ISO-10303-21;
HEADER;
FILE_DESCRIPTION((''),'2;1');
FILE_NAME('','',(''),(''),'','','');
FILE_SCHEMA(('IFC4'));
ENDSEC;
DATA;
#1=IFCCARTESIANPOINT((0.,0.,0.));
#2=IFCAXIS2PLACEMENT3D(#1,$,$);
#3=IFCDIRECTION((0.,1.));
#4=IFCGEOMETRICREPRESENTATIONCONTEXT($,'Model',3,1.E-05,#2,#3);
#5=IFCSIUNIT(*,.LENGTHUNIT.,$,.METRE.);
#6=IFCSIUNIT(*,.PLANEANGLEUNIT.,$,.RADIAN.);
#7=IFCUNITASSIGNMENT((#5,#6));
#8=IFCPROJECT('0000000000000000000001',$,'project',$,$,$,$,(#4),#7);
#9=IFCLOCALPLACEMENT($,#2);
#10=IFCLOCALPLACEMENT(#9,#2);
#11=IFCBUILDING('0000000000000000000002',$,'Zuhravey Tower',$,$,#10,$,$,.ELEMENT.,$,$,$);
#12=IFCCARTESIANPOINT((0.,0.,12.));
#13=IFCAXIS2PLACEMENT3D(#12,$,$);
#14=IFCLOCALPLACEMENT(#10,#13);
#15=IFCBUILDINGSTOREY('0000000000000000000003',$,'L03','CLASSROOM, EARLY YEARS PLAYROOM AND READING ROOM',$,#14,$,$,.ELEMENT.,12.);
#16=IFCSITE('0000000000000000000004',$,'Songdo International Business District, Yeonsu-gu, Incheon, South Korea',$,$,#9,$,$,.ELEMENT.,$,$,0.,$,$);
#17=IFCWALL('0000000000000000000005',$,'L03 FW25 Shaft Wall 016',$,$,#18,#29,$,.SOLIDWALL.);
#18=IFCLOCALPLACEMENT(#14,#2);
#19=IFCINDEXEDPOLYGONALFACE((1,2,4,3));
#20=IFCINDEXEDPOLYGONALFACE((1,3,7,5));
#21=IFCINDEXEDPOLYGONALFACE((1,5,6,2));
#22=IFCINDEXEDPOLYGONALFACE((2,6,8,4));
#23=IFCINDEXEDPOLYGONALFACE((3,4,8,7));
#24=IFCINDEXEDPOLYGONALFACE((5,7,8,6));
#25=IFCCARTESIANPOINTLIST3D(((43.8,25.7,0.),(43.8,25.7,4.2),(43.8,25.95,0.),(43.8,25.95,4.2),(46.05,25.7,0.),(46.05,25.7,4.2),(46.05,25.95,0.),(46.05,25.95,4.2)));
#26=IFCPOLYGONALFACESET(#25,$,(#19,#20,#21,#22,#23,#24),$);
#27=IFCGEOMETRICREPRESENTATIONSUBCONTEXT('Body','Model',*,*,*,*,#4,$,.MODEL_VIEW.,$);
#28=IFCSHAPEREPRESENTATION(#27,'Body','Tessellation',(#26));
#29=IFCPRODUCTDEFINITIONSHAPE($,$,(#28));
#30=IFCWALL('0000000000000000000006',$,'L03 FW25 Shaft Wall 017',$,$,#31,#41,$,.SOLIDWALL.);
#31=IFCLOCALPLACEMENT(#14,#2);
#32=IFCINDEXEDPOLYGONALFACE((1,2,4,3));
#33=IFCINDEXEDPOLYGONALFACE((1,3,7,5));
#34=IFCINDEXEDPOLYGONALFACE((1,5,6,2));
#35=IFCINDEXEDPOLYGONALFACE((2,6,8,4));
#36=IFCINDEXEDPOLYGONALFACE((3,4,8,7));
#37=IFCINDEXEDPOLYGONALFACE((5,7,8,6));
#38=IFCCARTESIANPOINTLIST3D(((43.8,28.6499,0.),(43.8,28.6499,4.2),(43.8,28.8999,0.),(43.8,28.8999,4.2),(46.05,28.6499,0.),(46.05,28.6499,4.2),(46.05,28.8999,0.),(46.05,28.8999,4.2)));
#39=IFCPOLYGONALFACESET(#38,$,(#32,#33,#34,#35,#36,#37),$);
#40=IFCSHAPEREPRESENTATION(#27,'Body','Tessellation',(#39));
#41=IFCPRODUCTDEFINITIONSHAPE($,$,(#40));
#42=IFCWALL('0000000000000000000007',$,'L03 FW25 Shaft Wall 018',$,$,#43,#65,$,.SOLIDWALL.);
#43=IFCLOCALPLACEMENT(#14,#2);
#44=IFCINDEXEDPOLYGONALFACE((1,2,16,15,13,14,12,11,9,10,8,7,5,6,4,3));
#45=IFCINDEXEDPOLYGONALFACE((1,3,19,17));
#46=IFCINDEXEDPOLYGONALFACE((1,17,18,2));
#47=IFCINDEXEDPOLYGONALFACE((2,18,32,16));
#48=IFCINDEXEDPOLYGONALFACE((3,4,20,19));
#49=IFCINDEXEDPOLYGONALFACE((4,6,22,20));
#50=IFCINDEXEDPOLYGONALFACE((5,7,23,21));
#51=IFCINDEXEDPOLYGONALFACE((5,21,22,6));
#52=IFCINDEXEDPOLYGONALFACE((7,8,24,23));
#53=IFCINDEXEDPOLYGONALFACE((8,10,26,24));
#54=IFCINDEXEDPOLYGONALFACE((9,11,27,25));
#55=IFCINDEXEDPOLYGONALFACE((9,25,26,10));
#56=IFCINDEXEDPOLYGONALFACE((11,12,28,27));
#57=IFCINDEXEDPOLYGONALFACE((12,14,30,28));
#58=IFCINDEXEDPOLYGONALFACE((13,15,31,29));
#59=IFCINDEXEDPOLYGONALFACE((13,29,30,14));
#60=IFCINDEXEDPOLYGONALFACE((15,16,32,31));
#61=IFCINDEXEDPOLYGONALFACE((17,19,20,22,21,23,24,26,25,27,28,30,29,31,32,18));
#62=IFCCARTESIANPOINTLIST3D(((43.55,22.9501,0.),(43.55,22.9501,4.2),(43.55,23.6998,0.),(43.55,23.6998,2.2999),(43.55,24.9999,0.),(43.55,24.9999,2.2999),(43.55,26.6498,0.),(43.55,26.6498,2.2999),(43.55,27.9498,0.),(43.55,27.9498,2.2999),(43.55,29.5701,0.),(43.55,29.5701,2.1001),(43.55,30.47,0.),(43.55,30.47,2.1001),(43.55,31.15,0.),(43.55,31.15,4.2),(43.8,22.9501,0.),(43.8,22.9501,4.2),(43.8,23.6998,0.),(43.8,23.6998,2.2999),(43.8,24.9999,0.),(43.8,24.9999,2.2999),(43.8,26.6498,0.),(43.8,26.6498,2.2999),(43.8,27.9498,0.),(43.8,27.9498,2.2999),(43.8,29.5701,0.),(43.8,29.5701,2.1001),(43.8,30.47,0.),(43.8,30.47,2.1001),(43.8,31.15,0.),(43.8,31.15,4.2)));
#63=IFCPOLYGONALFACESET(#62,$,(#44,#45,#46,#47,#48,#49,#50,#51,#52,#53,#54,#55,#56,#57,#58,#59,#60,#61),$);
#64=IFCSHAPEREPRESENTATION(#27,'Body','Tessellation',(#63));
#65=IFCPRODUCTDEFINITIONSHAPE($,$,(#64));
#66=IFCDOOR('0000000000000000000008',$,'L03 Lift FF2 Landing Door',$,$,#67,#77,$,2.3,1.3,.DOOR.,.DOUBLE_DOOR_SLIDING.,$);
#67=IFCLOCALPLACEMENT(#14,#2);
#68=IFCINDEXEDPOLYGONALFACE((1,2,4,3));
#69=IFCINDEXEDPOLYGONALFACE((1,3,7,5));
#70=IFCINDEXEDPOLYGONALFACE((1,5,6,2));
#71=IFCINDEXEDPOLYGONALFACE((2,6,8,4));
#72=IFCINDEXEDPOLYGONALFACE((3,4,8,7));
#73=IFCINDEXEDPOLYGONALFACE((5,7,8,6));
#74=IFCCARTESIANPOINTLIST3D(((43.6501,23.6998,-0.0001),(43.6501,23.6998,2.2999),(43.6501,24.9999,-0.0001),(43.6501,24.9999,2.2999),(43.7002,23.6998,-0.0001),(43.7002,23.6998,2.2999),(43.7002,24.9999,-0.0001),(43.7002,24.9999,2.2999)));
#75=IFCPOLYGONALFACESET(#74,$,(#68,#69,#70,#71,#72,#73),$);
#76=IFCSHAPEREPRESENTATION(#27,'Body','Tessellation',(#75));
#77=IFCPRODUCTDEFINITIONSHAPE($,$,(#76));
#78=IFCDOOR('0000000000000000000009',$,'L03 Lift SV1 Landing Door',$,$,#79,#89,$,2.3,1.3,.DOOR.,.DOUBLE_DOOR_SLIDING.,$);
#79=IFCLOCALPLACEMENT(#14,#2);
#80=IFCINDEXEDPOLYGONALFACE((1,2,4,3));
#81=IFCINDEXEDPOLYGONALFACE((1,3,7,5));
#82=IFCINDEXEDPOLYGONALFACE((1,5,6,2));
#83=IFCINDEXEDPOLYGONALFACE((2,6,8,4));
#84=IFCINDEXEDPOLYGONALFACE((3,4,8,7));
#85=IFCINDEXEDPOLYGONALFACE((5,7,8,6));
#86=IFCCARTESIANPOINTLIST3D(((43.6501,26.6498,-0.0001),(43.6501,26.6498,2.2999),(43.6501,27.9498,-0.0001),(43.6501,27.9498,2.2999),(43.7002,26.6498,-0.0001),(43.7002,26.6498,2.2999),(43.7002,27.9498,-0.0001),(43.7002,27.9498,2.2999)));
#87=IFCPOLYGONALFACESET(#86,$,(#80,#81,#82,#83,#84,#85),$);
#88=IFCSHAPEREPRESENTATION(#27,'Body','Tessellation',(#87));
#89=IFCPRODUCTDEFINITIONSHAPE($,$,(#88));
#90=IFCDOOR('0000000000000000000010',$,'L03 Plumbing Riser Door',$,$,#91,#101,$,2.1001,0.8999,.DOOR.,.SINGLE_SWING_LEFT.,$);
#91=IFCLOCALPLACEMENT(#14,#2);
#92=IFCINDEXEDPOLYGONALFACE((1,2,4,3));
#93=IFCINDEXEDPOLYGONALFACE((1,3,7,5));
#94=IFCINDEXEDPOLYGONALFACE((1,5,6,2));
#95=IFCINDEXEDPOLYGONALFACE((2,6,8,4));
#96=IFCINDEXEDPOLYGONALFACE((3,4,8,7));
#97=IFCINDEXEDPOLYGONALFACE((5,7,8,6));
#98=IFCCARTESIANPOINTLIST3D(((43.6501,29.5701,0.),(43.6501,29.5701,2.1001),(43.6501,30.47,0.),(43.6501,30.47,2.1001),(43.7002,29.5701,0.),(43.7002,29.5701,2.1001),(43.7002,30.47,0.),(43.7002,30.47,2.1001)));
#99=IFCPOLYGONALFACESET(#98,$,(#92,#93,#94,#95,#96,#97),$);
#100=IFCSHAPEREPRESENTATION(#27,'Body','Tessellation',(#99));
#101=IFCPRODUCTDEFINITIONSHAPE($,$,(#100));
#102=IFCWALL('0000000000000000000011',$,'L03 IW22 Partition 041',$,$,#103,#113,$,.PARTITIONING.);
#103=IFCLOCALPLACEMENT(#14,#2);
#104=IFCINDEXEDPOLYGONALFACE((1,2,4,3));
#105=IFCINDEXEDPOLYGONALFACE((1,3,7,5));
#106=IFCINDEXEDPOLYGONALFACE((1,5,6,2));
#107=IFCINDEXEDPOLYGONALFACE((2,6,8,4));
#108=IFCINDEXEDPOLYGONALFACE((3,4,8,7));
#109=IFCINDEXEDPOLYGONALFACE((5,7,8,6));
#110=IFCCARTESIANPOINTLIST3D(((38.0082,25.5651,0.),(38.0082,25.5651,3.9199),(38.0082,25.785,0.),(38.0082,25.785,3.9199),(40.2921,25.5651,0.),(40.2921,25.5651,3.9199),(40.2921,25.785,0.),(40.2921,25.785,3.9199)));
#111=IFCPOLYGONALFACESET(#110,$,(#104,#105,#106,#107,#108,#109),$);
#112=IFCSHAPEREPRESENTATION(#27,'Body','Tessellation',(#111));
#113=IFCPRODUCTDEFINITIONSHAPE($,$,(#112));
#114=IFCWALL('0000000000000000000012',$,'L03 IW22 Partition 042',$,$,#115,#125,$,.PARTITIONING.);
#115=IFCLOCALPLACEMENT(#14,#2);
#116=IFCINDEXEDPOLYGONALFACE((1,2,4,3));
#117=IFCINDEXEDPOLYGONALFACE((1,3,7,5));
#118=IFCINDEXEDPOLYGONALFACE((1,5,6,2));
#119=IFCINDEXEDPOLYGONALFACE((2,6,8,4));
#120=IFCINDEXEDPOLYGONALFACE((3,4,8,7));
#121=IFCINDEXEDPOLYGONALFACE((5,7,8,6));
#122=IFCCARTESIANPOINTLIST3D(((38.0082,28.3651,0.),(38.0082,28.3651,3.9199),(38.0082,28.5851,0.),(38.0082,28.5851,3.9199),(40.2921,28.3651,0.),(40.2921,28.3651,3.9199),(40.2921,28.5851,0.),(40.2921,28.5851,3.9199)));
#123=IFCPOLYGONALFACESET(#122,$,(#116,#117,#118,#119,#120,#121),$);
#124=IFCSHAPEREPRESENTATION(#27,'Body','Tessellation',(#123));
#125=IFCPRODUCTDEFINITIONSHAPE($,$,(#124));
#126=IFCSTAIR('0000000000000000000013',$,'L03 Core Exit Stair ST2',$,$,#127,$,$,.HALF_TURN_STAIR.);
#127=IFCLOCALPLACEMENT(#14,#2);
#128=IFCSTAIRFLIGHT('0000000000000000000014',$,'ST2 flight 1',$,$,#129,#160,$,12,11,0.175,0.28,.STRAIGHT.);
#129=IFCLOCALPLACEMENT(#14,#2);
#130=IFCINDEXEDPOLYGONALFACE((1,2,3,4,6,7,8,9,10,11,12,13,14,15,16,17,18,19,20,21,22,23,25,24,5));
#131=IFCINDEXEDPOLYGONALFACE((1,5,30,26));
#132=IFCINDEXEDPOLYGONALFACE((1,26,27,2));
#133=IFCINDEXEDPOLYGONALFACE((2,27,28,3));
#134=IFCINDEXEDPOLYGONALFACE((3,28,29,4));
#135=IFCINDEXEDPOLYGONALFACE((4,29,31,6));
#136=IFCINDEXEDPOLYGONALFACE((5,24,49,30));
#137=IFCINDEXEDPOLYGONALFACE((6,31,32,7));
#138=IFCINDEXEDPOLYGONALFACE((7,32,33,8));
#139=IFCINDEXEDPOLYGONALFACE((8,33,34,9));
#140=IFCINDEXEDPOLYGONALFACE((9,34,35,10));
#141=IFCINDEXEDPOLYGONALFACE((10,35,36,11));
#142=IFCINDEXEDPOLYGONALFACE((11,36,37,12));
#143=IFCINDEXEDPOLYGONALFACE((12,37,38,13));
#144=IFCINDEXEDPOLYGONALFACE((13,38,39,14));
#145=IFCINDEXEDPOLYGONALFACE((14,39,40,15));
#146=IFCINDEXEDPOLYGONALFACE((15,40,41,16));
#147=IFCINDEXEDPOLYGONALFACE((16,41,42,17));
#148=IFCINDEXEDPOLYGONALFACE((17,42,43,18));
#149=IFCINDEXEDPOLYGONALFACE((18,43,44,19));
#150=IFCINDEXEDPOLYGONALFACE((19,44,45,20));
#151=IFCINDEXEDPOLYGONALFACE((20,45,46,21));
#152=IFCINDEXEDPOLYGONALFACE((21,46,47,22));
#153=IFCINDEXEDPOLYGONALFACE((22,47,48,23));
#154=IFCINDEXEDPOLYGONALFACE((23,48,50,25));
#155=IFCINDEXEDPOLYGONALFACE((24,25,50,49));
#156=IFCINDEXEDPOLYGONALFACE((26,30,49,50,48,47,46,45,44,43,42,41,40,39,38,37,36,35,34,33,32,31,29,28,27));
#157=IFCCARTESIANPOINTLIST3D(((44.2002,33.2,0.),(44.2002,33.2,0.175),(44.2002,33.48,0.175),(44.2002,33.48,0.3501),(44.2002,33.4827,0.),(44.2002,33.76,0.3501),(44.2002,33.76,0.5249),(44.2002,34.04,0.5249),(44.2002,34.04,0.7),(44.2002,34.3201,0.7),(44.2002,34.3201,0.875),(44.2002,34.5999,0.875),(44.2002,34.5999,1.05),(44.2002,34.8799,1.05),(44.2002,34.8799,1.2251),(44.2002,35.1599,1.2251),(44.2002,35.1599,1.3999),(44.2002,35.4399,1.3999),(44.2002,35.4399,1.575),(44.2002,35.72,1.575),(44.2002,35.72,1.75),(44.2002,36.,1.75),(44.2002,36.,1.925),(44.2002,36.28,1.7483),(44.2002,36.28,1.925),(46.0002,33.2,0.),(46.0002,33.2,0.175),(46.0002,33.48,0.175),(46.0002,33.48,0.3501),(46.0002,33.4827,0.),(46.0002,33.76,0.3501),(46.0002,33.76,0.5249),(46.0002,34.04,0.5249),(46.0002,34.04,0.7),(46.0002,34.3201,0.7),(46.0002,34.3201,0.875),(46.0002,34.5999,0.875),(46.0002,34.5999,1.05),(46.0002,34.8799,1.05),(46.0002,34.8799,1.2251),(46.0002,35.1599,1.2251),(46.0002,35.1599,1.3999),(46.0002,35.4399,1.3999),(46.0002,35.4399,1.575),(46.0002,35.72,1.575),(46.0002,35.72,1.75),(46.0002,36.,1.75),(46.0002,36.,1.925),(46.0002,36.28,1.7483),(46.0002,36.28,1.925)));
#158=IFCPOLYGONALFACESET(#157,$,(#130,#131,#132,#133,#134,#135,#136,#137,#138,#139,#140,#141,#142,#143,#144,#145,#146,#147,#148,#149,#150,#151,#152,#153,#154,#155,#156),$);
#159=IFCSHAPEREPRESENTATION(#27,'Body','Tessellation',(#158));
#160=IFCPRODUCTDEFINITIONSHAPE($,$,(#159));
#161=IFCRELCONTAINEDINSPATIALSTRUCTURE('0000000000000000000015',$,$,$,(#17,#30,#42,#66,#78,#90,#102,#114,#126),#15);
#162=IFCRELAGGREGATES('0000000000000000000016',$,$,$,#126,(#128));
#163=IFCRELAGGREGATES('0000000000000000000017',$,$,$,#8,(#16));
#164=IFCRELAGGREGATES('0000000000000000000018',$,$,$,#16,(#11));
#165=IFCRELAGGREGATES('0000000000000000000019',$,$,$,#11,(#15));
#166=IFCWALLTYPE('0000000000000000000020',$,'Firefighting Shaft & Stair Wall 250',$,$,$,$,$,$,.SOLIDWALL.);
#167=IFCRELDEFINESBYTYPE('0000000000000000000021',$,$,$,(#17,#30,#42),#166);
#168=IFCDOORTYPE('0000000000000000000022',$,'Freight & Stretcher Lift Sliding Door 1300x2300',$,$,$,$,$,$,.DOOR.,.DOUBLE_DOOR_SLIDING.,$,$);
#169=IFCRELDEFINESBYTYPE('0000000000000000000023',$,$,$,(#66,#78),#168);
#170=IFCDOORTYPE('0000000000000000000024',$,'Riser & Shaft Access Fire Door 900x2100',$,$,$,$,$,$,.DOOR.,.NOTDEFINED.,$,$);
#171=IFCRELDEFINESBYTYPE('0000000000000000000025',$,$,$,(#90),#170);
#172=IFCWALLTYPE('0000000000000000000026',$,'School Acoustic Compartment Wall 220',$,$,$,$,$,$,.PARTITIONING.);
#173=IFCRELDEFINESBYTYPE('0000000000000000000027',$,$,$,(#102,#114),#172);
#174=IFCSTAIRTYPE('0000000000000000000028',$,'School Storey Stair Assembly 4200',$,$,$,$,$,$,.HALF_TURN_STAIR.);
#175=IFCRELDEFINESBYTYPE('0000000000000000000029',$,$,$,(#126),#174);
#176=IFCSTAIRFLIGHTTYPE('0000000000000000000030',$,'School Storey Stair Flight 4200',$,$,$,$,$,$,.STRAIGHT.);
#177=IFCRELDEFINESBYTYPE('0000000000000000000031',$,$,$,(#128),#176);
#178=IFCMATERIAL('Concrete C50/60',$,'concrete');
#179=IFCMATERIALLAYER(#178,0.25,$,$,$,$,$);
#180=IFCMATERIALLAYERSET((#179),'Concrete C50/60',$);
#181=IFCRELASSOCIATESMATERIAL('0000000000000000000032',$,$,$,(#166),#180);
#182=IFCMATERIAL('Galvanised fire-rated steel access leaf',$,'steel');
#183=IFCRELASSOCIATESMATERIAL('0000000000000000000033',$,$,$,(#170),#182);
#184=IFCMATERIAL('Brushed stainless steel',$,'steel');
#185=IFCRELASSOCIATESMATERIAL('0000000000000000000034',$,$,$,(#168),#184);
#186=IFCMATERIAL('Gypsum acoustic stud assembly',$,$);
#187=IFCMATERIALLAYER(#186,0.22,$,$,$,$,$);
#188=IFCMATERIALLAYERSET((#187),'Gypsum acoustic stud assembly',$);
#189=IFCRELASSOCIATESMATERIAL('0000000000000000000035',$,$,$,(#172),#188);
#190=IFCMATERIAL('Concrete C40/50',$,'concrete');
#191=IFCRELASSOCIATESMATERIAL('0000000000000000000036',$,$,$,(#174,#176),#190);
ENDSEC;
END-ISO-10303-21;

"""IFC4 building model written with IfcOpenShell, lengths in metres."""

from ifc_helpers import new_model, si_unit, direction, frame, frame_2d, origin, place, context, subcontext, project, spatial, polyline, rectangle, outline, extrude, material, layer, layer_set, type_object, element, fill, aggregate, save


model = new_model("IFC4")

# Units and contexts
model_context = context("Model", 3, precision=1e-05, world=origin(), true_north=direction((0.0, 1.0)))
body_context = subcontext(model_context, "Body", "Model", "MODEL_VIEW")
ifc_project = project(units=[si_unit("LENGTHUNIT", "METRE"), si_unit("PLANEANGLEUNIT", "RADIAN")], contexts=[model_context])

# Site, building, storey
site_placement = place(None, origin())
site = spatial("IfcSite", under=ifc_project, at=site_placement, Name="Songdo International Business District, Yeonsu-gu, Incheon, South Korea", CompositionType="ELEMENT", RefElevation=0.0)
building_placement = place(site_placement, origin())
building = spatial("IfcBuilding", under=site, at=building_placement, Name="Zuhravey Tower", CompositionType="ELEMENT")
storey_placement = place(building_placement, frame((0.0, 0.0, 12.0)))
storey = spatial("IfcBuildingStorey", under=building, at=storey_placement, Name="L03", Description="CLASSROOM, EARLY YEARS PLAYROOM AND READING ROOM", CompositionType="ELEMENT", Elevation=12.0)

# Shared definitions
ifc_material_1 = material(Name="Concrete C50/60", Category="concrete")
ifc_layer_1 = layer(ifc_material_1, 0.25)
ifc_layer_set_1 = layer_set([ifc_layer_1], Name="Concrete C50/60")
wall_type_1 = type_object("IfcWallType", Name="Firefighting Shaft & Stair Wall 250", PredefinedType="SOLIDWALL", material=ifc_layer_set_1)

# Shared definitions
ifc_material_2 = material(Name="Galvanised fire-rated steel access leaf", Category="steel")
door_type_1 = type_object("IfcDoorType", Name="Riser & Shaft Access Fire Door 900x2100", OperationType="NOTDEFINED", PredefinedType="DOOR", material=ifc_material_2)

# Walls
for number, where, z_axis, x_axis, name in (
    (1, (43.8, 25.825, 0.0), (0.0, 0.0, 1.0), (1.0, 0.0, 0.0), "L03 FW25 Shaft Wall 016"),
    (2, (43.8, 28.7749, 0.0), (0.0, 0.0, 1.0), (1.0, 0.0, 0.0), "L03 FW25 Shaft Wall 017"),
):
    element("IfcWall", number, at=place(storey_placement, frame(where, z_axis=z_axis, x_axis=x_axis)), inside=storey, type_object=wall_type_1, Name=name, PredefinedType="SOLIDWALL", context=body_context, shape_type="SweptSolid", body=[
        extrude(rectangle(XDim=2.25, YDim=0.25, at=frame_2d((1.125, 0.0))), origin(), (0.0, 0.0, 1.0), 4.2),
    ])

# Wall, openings, doors
wall_1_placement = place(storey_placement, frame((43.675, 22.95, 0.0), z_axis=(0.0, 0.0, 1.0), x_axis=(0.0, 1.0, 0.0)))
wall_1 = element("IfcWall", 3, at=wall_1_placement, inside=storey, type_object=wall_type_1, Name="L03 FW25 Shaft Wall 018", PredefinedType="SOLIDWALL", context=body_context, shape_type="SweptSolid", body=[
    extrude(rectangle(XDim=8.2, YDim=0.25, at=frame_2d((4.1001, 0.0))), origin(), (0.0, 0.0, 1.0), 4.2),
])
opening_1_placement = place(wall_1_placement, frame((0.75, 0.0, 0.0)))
opening_1 = element("IfcOpeningElement", 4, at=opening_1_placement, cuts=wall_1, PredefinedType="OPENING", context=body_context, shape_type="SweptSolid", body=[
    extrude(rectangle(XDim=1.3, YDim=2.3, at=frame_2d((0.6499, 1.1499))), frame((0.0, 0.137, 0.0), z_axis=(0.0, -1.0, 0.0), x_axis=(1.0, 0.0, 0.0)), (0.0, 0.0, 1.0), 0.2739),
])
opening_2_placement = place(wall_1_placement, frame((3.7, 0.0, 0.0)))
opening_2 = element("IfcOpeningElement", 5, at=opening_2_placement, cuts=wall_1, PredefinedType="OPENING", context=body_context, shape_type="SweptSolid", body=[
    extrude(rectangle(XDim=1.3, YDim=2.3, at=frame_2d((0.6499, 1.1499))), frame((0.0, 0.137, 0.0), z_axis=(0.0, -1.0, 0.0), x_axis=(1.0, 0.0, 0.0)), (0.0, 0.0, 1.0), 0.2739),
])
opening_3_placement = place(wall_1_placement, frame((6.6201, 0.0, 0.0)))
opening_3 = element("IfcOpeningElement", 6, at=opening_3_placement, cuts=wall_1, PredefinedType="OPENING", context=body_context, shape_type="SweptSolid", body=[
    extrude(rectangle(XDim=0.8999, YDim=2.1001, at=frame_2d((0.45, 1.05))), frame((0.0, 0.137, 0.0), z_axis=(0.0, -1.0, 0.0), x_axis=(1.0, 0.0, 0.0)), (0.0, 0.0, 1.0), 0.2739),
])
ifc_material_3 = material(Name="Brushed stainless steel", Category="steel")
door_type_2 = type_object("IfcDoorType", Name="Freight & Stretcher Lift Sliding Door 1300x2300", OperationType="DOUBLE_DOOR_SLIDING", PredefinedType="DOOR", material=ifc_material_3)
door_1_placement = place(opening_1_placement, origin())
door_1 = element("IfcDoor", 7, at=door_1_placement, inside=storey, type_object=door_type_2, Name="L03 Lift FF2 Landing Door", OperationType="DOUBLE_DOOR_SLIDING", OverallHeight=2.3, OverallWidth=1.3, PredefinedType="DOOR", context=body_context, shape_type="SweptSolid", body=[
    extrude(rectangle(XDim=1.3, YDim=2.3, at=frame_2d((0.6499, 1.1499))), frame((0.0, 0.0249, 0.0), z_axis=(0.0, -1.0, 0.0), x_axis=(1.0, 0.0, 0.0)), (0.0, 0.0, 1.0), 0.05),
])
fill(opening_1, door_1)
door_2_placement = place(opening_2_placement, origin())
door_2 = element("IfcDoor", 8, at=door_2_placement, inside=storey, type_object=door_type_2, Name="L03 Lift SV1 Landing Door", OperationType="DOUBLE_DOOR_SLIDING", OverallHeight=2.3, OverallWidth=1.3, PredefinedType="DOOR", context=body_context, shape_type="SweptSolid", body=[
    extrude(rectangle(XDim=1.3, YDim=2.3, at=frame_2d((0.6499, 1.1499))), frame((0.0, 0.0249, 0.0), z_axis=(0.0, -1.0, 0.0), x_axis=(1.0, 0.0, 0.0)), (0.0, 0.0, 1.0), 0.05),
])
fill(opening_2, door_2)
door_3_placement = place(opening_3_placement, origin())
door_3 = element("IfcDoor", 9, at=door_3_placement, inside=storey, type_object=door_type_1, Name="L03 Plumbing Riser Door", OperationType="SINGLE_SWING_LEFT", OverallHeight=2.1001, OverallWidth=0.8999, PredefinedType="DOOR", context=body_context, shape_type="SweptSolid", body=[
    extrude(rectangle(XDim=0.8999, YDim=2.1001, at=frame_2d((0.45, 1.05))), frame((0.0, 0.0249, 0.0), z_axis=(0.0, -1.0, 0.0), x_axis=(1.0, 0.0, 0.0)), (0.0, 0.0, 1.0), 0.05),
])
fill(opening_3, door_3)

# Walls
ifc_material_4 = material(Name="Gypsum acoustic stud assembly")
ifc_layer_2 = layer(ifc_material_4, 0.22)
ifc_layer_set_2 = layer_set([ifc_layer_2], Name="Gypsum acoustic stud assembly")
wall_type_2 = type_object("IfcWallType", Name="School Acoustic Compartment Wall 220", PredefinedType="PARTITIONING", material=ifc_layer_set_2)
for number, where, z_axis, x_axis, name in (
    (10, (38.0081, 25.675, 0.0), (0.0, 0.0, 1.0), (1.0, 0.0, 0.0), "L03 IW22 Partition 041"),
    (11, (38.0081, 28.4751, 0.0), (0.0, 0.0, 1.0), (1.0, 0.0, 0.0), "L03 IW22 Partition 042"),
):
    element("IfcWall", number, at=place(storey_placement, frame(where, z_axis=z_axis, x_axis=x_axis)), inside=storey, type_object=wall_type_2, Name=name, PredefinedType="PARTITIONING", context=body_context, shape_type="SweptSolid", body=[
        extrude(rectangle(XDim=2.2839, YDim=0.22, at=frame_2d((1.1421, 0.0))), origin(), (0.0, 0.0, 1.0), 3.9199),
    ])

# Stair, stair flight
ifc_material_5 = material(Name="Concrete C40/50", Category="concrete")
stair_type = type_object("IfcStairType", Name="School Storey Stair Assembly 4200", PredefinedType="HALF_TURN_STAIR", material=ifc_material_5)
stair_placement = place(storey_placement, origin())
stair = element("IfcStair", 12, at=stair_placement, inside=storey, type_object=stair_type, Name="L03 Core Exit Stair ST2", PredefinedType="HALF_TURN_STAIR")
stair_flight_type = type_object("IfcStairFlightType", Name="School Storey Stair Flight 4200", PredefinedType="STRAIGHT", material=ifc_material_5)
stair_flight_placement = place(storey_placement, frame((45.1001, 33.2, 0.0), z_axis=(0.0, 0.0, 1.0), x_axis=(0.0, 1.0, 0.0)))
stair_flight = element("IfcStairFlight", 13, at=stair_flight_placement, type_object=stair_flight_type, Name="ST2 flight 1", NumberOfRisers=12, NumberOfTreads=11, PredefinedType="STRAIGHT", RiserHeight=0.175, TreadLength=0.28, context=body_context, shape_type="SweptSolid", body=[
    extrude(outline(polyline([(0.0, 0.0), (0.0, 0.175), (0.28, 0.175), (0.28, 0.3501), (0.5601, 0.3501), (0.5601, 0.5249), (0.8401, 0.5249), (0.8401, 0.7), (1.1201, 0.7), (1.1201, 0.875), (1.3999, 0.875), (1.3999, 1.05), (1.6799, 1.05), (1.6799, 1.2251), (1.96, 1.2251), (1.96, 1.3999), (2.24, 1.3999), (2.24, 1.575), (2.52, 1.575), (2.52, 1.75), (2.8, 1.75), (2.8, 1.925), (3.0801, 1.925), (3.0801, 2.1001), (3.0801, 1.7483), (0.2827, 0.0), (0.0, 0.0)])), frame((0.0, 0.8999, 0.0), z_axis=(0.0, -1.0, 0.0), x_axis=(1.0, 0.0, 0.0)), (0.0, 0.0, 1.0), 1.8),
])
aggregate(stair, [stair_flight])

save(model, "model.ifc")
